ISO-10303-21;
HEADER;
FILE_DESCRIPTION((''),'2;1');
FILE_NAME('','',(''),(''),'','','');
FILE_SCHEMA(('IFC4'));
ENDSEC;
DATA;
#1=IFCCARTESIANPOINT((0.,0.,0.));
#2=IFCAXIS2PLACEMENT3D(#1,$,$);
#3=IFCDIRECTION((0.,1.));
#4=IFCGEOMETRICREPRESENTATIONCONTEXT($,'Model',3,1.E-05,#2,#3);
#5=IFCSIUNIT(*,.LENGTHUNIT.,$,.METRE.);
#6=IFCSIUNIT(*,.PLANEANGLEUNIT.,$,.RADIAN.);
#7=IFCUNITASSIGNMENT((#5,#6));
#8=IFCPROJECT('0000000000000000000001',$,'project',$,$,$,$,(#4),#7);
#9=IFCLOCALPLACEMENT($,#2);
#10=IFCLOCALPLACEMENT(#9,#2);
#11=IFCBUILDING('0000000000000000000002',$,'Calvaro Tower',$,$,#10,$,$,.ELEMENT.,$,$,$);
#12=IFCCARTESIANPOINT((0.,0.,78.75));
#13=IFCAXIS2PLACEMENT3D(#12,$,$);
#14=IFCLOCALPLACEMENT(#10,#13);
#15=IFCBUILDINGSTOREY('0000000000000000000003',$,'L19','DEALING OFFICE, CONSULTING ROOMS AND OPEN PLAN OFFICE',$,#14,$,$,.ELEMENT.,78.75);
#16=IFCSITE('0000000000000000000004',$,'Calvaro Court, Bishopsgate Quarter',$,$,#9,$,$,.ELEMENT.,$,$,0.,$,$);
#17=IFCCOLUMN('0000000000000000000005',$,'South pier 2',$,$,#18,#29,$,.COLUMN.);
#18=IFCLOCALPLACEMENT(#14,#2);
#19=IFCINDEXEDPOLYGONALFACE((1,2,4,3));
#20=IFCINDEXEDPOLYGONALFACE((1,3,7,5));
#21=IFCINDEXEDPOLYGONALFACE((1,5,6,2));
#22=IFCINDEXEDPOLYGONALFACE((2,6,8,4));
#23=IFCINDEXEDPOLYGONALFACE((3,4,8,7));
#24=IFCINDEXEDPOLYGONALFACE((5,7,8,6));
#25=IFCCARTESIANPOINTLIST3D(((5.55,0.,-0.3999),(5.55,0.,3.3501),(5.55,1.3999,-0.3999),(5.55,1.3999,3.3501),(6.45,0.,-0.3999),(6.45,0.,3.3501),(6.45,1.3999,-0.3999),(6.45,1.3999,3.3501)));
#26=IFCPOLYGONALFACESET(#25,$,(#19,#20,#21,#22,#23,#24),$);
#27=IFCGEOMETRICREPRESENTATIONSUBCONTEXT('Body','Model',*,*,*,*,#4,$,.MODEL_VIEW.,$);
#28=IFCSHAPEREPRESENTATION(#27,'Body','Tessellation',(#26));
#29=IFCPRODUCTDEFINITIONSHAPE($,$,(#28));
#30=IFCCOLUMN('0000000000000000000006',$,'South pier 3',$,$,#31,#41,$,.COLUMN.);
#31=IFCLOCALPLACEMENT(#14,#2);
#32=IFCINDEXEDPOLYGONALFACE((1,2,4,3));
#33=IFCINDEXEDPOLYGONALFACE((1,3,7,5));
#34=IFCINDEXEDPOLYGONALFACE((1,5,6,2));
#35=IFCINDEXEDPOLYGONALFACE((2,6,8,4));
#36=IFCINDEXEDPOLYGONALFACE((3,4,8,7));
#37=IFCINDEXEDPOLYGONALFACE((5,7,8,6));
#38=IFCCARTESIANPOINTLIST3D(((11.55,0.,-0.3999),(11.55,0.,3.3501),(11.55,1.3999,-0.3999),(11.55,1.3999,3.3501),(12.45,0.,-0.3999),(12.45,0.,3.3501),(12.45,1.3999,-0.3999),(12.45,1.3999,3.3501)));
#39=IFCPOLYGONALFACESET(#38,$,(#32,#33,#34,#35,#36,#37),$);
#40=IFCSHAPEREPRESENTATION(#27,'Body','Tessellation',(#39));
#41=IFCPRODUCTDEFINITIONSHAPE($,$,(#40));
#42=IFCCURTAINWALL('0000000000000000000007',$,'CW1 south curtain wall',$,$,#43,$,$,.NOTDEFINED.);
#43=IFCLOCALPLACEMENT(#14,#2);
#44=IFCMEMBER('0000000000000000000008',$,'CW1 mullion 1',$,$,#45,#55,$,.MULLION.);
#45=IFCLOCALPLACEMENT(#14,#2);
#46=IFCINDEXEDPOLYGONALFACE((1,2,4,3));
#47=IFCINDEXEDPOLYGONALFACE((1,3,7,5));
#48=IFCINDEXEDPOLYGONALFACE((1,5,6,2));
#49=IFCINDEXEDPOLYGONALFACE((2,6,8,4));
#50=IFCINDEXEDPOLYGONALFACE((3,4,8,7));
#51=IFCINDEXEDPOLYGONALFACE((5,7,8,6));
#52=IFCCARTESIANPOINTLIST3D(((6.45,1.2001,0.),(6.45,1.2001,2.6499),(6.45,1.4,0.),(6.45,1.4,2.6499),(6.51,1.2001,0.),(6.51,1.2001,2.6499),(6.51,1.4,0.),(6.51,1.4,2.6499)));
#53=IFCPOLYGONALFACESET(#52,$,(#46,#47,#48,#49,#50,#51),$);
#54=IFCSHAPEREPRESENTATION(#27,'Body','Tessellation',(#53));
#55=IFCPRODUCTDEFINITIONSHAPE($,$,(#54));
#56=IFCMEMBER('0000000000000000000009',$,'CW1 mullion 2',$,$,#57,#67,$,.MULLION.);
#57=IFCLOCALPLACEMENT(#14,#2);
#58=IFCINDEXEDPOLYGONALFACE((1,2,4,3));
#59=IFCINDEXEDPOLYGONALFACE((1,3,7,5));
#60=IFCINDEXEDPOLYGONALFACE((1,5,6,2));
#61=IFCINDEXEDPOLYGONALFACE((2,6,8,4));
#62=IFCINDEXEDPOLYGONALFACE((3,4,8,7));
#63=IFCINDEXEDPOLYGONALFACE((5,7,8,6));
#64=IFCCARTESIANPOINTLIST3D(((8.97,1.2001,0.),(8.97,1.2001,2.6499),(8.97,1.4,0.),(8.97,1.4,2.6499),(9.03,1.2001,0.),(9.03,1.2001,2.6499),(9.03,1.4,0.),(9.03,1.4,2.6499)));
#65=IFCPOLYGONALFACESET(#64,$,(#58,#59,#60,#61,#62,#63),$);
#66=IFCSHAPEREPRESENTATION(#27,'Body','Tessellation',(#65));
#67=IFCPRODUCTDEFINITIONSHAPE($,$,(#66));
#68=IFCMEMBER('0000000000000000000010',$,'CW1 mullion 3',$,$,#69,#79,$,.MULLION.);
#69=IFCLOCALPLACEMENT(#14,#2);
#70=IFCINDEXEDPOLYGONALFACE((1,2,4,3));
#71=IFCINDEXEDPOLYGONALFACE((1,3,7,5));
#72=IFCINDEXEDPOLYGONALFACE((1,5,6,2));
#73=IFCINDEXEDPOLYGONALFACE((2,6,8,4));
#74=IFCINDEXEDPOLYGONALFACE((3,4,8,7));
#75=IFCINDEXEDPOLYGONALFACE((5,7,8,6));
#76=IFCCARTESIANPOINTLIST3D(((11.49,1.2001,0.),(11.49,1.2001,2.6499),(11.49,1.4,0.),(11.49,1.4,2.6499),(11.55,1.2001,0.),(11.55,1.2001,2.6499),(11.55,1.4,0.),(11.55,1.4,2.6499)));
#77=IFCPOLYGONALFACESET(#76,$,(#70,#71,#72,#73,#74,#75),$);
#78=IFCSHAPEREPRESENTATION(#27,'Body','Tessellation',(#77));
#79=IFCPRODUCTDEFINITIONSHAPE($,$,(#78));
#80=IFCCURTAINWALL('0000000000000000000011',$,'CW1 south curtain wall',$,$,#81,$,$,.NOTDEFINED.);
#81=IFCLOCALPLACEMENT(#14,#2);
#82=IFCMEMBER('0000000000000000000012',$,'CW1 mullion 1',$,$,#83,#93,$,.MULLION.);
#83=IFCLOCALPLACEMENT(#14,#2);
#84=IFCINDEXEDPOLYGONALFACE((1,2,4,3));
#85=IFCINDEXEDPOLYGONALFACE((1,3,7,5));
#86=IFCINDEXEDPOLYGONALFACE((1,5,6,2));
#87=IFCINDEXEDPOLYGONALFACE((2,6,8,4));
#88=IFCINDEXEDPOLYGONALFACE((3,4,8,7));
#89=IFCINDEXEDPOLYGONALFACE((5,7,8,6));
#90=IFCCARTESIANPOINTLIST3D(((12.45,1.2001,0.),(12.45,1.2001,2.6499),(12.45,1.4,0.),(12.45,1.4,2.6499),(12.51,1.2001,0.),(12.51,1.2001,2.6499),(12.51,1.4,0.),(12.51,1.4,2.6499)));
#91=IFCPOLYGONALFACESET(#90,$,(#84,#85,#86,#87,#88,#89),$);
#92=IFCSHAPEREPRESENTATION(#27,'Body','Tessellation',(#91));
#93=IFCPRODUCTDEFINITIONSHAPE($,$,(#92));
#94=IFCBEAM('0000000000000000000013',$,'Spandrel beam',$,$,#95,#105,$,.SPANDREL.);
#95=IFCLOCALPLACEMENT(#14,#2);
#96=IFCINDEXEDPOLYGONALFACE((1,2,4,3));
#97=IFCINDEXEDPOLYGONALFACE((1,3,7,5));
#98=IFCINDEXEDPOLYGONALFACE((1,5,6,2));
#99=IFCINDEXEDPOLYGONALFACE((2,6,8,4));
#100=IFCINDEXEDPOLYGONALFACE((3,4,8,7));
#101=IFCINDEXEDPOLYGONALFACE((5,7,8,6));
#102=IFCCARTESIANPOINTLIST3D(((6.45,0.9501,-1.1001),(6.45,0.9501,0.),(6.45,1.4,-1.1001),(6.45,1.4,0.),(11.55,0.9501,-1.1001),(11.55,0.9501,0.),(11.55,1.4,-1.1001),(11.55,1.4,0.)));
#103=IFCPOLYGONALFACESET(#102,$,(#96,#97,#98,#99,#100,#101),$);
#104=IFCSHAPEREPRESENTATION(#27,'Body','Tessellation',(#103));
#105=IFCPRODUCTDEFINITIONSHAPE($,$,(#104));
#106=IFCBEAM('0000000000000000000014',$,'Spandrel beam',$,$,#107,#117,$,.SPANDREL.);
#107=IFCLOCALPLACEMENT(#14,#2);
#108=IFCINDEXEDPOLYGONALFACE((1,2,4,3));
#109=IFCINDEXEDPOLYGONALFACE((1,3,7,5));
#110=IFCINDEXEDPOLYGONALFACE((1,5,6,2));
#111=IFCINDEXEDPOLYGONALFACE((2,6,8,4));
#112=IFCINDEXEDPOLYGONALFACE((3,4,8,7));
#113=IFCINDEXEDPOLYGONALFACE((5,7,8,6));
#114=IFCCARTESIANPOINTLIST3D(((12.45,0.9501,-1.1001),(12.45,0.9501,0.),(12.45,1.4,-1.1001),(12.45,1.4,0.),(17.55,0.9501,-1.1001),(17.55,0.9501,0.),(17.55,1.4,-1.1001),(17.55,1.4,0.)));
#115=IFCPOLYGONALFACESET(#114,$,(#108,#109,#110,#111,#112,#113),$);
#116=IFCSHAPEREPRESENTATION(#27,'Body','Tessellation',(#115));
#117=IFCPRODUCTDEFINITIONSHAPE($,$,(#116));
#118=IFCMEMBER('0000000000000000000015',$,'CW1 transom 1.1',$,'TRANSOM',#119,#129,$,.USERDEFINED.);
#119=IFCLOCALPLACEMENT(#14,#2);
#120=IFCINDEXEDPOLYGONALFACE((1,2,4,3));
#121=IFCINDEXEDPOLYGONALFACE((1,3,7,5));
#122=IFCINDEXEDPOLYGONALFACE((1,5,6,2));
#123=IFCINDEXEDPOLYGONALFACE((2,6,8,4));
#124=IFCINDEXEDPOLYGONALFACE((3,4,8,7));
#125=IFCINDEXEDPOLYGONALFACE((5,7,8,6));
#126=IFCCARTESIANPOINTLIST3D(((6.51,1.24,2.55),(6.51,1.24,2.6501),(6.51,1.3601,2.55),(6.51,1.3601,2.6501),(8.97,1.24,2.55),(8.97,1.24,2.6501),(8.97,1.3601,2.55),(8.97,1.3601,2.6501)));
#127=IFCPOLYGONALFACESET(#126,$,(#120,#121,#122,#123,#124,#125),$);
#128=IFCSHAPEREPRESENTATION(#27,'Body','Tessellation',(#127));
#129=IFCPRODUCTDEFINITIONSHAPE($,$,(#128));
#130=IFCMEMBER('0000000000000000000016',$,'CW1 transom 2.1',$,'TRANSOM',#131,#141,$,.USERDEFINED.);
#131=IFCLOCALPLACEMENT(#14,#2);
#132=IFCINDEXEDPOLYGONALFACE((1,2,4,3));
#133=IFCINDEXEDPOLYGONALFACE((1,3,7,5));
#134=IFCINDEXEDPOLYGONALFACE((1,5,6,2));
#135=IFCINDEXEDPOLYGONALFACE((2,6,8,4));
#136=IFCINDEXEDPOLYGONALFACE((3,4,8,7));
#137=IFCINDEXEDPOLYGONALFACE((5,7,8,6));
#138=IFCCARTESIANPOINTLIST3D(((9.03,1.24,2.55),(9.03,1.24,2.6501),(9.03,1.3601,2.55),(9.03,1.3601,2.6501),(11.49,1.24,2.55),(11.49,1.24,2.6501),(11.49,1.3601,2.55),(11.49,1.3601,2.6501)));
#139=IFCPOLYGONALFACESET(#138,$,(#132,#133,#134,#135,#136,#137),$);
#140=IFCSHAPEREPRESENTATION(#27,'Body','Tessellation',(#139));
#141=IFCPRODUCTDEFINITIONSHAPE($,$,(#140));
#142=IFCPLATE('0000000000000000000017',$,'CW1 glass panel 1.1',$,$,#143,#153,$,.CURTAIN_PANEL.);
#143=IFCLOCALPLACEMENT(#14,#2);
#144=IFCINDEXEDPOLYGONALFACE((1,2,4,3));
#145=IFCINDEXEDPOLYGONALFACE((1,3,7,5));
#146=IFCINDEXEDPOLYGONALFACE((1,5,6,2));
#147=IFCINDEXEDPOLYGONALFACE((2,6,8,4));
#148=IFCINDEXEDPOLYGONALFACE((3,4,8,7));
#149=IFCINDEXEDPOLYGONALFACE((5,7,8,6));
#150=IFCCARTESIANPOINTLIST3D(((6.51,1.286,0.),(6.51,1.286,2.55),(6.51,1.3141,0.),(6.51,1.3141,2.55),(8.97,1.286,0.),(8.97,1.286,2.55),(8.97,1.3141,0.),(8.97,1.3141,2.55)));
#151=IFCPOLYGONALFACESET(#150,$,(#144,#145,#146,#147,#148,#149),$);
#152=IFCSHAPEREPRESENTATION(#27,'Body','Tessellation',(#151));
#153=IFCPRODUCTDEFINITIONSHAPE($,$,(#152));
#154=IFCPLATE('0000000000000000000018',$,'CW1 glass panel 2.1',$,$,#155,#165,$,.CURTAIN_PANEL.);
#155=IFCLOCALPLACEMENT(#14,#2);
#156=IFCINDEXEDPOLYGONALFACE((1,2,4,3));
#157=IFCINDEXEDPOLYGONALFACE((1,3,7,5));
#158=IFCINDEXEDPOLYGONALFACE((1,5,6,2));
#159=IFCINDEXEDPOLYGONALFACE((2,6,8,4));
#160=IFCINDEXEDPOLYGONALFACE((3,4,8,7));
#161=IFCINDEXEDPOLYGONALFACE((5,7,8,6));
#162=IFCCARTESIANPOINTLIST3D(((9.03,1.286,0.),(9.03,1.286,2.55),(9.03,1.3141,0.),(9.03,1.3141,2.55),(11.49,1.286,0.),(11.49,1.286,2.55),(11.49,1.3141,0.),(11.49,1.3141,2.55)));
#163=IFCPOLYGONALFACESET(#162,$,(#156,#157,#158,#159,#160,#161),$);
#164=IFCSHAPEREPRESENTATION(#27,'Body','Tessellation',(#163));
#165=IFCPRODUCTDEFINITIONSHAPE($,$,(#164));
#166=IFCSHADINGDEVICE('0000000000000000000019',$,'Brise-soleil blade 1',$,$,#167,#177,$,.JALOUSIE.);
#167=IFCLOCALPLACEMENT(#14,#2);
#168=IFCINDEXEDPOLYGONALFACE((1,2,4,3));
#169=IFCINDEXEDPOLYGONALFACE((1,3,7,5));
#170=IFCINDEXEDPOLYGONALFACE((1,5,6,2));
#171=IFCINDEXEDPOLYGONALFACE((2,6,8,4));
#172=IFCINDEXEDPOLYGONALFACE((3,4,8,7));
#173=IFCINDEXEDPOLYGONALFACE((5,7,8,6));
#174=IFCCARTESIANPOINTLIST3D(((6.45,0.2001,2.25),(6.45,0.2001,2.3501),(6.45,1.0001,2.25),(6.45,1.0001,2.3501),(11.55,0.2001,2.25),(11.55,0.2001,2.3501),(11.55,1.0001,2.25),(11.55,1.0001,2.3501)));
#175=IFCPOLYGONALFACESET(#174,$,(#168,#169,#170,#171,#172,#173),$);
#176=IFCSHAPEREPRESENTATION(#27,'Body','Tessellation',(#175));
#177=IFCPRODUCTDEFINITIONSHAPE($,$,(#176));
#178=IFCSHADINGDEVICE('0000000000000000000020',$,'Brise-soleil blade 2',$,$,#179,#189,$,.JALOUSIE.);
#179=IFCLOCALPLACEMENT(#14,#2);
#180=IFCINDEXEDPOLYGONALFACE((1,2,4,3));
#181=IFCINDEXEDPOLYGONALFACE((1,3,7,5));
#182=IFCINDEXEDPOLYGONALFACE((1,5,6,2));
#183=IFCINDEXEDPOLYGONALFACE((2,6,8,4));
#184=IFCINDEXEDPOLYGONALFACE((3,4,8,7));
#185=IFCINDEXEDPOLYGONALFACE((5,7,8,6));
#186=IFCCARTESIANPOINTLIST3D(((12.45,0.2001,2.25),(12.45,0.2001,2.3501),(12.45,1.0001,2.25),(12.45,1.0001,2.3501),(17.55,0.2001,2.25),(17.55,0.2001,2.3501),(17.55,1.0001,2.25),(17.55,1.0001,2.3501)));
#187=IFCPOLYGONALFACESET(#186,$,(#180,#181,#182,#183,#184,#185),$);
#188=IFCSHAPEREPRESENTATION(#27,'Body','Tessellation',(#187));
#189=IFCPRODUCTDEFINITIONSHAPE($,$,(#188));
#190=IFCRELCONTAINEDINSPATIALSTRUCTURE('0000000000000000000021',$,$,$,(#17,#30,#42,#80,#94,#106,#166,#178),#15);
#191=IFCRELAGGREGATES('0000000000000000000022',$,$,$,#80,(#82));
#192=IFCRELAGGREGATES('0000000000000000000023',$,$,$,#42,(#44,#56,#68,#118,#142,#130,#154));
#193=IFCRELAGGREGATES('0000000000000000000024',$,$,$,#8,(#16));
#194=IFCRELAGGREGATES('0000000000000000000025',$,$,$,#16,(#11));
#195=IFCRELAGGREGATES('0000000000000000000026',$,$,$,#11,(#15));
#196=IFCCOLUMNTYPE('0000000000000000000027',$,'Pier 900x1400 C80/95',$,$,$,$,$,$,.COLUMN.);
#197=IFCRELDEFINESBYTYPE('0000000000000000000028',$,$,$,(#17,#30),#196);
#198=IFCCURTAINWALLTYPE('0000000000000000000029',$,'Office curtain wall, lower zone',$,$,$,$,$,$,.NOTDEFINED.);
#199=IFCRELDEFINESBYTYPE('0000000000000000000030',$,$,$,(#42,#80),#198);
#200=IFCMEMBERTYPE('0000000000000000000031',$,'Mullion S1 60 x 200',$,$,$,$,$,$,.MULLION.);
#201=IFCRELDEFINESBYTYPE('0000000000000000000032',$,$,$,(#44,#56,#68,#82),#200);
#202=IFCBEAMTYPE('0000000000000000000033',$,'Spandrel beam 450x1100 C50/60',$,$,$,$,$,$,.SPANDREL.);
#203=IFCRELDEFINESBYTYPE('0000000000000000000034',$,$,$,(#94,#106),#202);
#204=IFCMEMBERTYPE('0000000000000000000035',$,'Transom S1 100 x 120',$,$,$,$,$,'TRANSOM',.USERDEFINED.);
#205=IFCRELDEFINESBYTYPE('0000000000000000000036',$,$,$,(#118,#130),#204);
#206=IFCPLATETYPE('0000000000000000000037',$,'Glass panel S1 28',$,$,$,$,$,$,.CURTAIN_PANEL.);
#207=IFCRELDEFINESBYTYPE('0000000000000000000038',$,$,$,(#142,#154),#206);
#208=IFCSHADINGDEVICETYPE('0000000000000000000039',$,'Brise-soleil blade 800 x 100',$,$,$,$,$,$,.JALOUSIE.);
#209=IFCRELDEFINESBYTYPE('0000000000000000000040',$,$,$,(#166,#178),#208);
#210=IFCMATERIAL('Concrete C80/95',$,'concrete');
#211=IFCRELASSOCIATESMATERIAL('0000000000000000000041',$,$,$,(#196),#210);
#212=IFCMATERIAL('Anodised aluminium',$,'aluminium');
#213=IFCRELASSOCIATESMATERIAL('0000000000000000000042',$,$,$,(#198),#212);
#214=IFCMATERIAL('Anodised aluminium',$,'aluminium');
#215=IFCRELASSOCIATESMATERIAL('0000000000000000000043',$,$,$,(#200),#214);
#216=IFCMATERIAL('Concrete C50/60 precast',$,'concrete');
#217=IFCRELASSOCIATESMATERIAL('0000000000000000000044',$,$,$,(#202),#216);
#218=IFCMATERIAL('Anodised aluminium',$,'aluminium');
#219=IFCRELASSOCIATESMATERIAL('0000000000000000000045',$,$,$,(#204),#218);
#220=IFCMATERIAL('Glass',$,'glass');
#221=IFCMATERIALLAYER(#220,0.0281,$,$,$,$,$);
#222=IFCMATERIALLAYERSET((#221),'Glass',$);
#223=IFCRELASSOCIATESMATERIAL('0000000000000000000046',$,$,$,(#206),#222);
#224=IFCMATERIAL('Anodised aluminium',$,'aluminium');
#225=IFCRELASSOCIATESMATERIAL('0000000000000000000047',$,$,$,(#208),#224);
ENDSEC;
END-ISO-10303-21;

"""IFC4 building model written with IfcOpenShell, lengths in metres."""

from ifc_helpers import new_model, si_unit, direction, frame, origin, origin_2d, place, context, subcontext, project, spatial, rectangle, extrude, material, layer, layer_set, material_profile, profile_set, type_object, element, aggregate, save


model = new_model("IFC4")

# Units and contexts
model_context = context("Model", 3, precision=1e-05, world=origin(), true_north=direction((0.0, 1.0)))
body_context = subcontext(model_context, "Body", "Model", "MODEL_VIEW")
ifc_project = project(units=[si_unit("LENGTHUNIT", "METRE"), si_unit("PLANEANGLEUNIT", "RADIAN")], contexts=[model_context])

# Site, building, storey
site_placement = place(None, origin())
site = spatial("IfcSite", under=ifc_project, at=site_placement, Name="Calvaro Court, Bishopsgate Quarter", CompositionType="ELEMENT", RefElevation=0.0)
building_placement = place(site_placement, origin())
building = spatial("IfcBuilding", under=site, at=building_placement, Name="Calvaro Tower", CompositionType="ELEMENT")
storey_placement = place(building_placement, frame((0.0, 0.0, 78.75)))
storey = spatial("IfcBuildingStorey", under=building, at=storey_placement, Name="L19", Description="DEALING OFFICE, CONSULTING ROOMS AND OPEN PLAN OFFICE", CompositionType="ELEMENT", Elevation=78.75)

# Columns
ifc_material_1 = material(Name="Concrete C80/95", Category="concrete")
ifc_material_profile_1 = material_profile(ifc_material_1, rectangle(XDim=0.8999, YDim=1.3999, at=origin_2d()), Name="RC 900x1400")
ifc_profile_set_1 = profile_set([ifc_material_profile_1], Name="Concrete C80/95")
column_type = type_object("IfcColumnType", Name="Pier 900x1400 C80/95", PredefinedType="COLUMN", material=ifc_profile_set_1)
for number, where, z_axis, x_axis, name in (
    (1, (6.0, 0.7, -0.3999), (0.0, 0.0, 1.0), (1.0, 0.0, 0.0), "South pier 2"),
    (2, (12.0, 0.7, -0.3999), (0.0, 0.0, 1.0), (1.0, 0.0, 0.0), "South pier 3"),
):
    element("IfcColumn", number, at=place(storey_placement, frame(where, z_axis=z_axis, x_axis=x_axis)), inside=storey, type_object=column_type, Name=name, PredefinedType="COLUMN", context=body_context, shape_type="SweptSolid", body=[
        extrude(rectangle(XDim=0.8999, YDim=1.3999, at=origin_2d()), origin(), (0.0, 0.0, 1.0), 3.75),
    ])

# Curtain wall, members
ifc_material_2 = material(Name="Anodised aluminium", Category="aluminium")
curtain_wall_type = type_object("IfcCurtainWallType", Name="Office curtain wall, lower zone", PredefinedType="NOTDEFINED", material=ifc_material_2)
curtain_wall_1_placement = place(storey_placement, origin())
curtain_wall_1 = element("IfcCurtainWall", 3, at=curtain_wall_1_placement, inside=storey, type_object=curtain_wall_type, Name="CW1 south curtain wall", PredefinedType="NOTDEFINED")
ifc_material_3 = material(Name="Anodised aluminium", Category="aluminium")
ifc_material_profile_2 = material_profile(ifc_material_3, rectangle(XDim=0.2, YDim=0.0601, at=origin_2d()), Name="Mullion S1 60 x 200")
ifc_profile_set_2 = profile_set([ifc_material_profile_2], Name="Anodised aluminium")
member_type_1 = type_object("IfcMemberType", Name="Mullion S1 60 x 200", PredefinedType="MULLION", material=ifc_profile_set_2)
member_1_placement = place(storey_placement, frame((6.48, 1.3, 0.0), z_axis=(0.0, 0.0, 1.0), x_axis=(0.0, 1.0, 0.0)))
member_1 = element("IfcMember", 4, at=member_1_placement, type_object=member_type_1, Name="CW1 mullion 1", PredefinedType="MULLION", context=body_context, shape_type="SweptSolid", body=[
    extrude(rectangle(XDim=0.2, YDim=0.0601, at=origin_2d()), origin(), (0.0, 0.0, 1.0), 2.6499),
])
member_2_placement = place(storey_placement, frame((9.0, 1.3, 0.0), z_axis=(0.0, 0.0, 1.0), x_axis=(0.0, 1.0, 0.0)))
member_2 = element("IfcMember", 5, at=member_2_placement, type_object=member_type_1, Name="CW1 mullion 2", PredefinedType="MULLION", context=body_context, shape_type="SweptSolid", body=[
    extrude(rectangle(XDim=0.2, YDim=0.0601, at=origin_2d()), origin(), (0.0, 0.0, 1.0), 2.6499),
])
member_3_placement = place(storey_placement, frame((11.52, 1.3, 0.0), z_axis=(0.0, 0.0, 1.0), x_axis=(0.0, 1.0, 0.0)))
member_3 = element("IfcMember", 6, at=member_3_placement, type_object=member_type_1, Name="CW1 mullion 3", PredefinedType="MULLION", context=body_context, shape_type="SweptSolid", body=[
    extrude(rectangle(XDim=0.2, YDim=0.0601, at=origin_2d()), origin(), (0.0, 0.0, 1.0), 2.6499),
])

# Curtain wall, member
curtain_wall_2_placement = place(storey_placement, origin())
curtain_wall_2 = element("IfcCurtainWall", 7, at=curtain_wall_2_placement, inside=storey, type_object=curtain_wall_type, Name="CW1 south curtain wall", PredefinedType="NOTDEFINED")
member_4_placement = place(storey_placement, frame((12.48, 1.3, 0.0), z_axis=(0.0, 0.0, 1.0), x_axis=(0.0, 1.0, 0.0)))
member_4 = element("IfcMember", 8, at=member_4_placement, type_object=member_type_1, Name="CW1 mullion 1", PredefinedType="MULLION", context=body_context, shape_type="SweptSolid", body=[
    extrude(rectangle(XDim=0.2, YDim=0.0601, at=origin_2d()), origin(), (0.0, 0.0, 1.0), 2.6499),
])
aggregate(curtain_wall_2, [member_4])

# Beams
ifc_material_4 = material(Name="Concrete C50/60 precast", Category="concrete")
ifc_material_profile_3 = material_profile(ifc_material_4, rectangle(XDim=0.45, YDim=1.1001, at=origin_2d()), Name="RC 450x1100")
ifc_profile_set_3 = profile_set([ifc_material_profile_3], Name="Concrete C50/60 precast")
beam_type = type_object("IfcBeamType", Name="Spandrel beam 450x1100 C50/60", PredefinedType="SPANDREL", material=ifc_profile_set_3)
for number, where, z_axis, x_axis, name in (
    (9, (6.45, 1.175, -0.55), (1.0, 0.0, 0.0), (0.0, 1.0, 0.0), "Spandrel beam"),
    (10, (12.45, 1.175, -0.55), (1.0, 0.0, 0.0), (0.0, 1.0, 0.0), "Spandrel beam"),
):
    element("IfcBeam", number, at=place(storey_placement, frame(where, z_axis=z_axis, x_axis=x_axis)), inside=storey, type_object=beam_type, Name=name, PredefinedType="SPANDREL", context=body_context, shape_type="SweptSolid", body=[
        extrude(rectangle(XDim=0.45, YDim=1.1001, at=origin_2d()), origin(), (0.0, 0.0, 1.0), 5.1001),
    ])

# Members
ifc_material_5 = material(Name="Anodised aluminium", Category="aluminium")
ifc_material_profile_4 = material_profile(ifc_material_5, rectangle(XDim=0.1201, YDim=0.1001, at=origin_2d()), Name="Transom S1 100 x 120")
ifc_profile_set_4 = profile_set([ifc_material_profile_4], Name="Anodised aluminium")
member_type_2 = type_object("IfcMemberType", Name="Transom S1 100 x 120", ElementType="TRANSOM", PredefinedType="USERDEFINED", material=ifc_profile_set_4)
member_5_placement = place(storey_placement, frame((6.51, 1.3, 2.6001), z_axis=(1.0, 0.0, 0.0), x_axis=(0.0, 1.0, 0.0)))
member_5 = element("IfcMember", 11, at=member_5_placement, type_object=member_type_2, Name="CW1 transom 1.1", ObjectType="TRANSOM", PredefinedType="USERDEFINED", context=body_context, shape_type="SweptSolid", body=[
    extrude(rectangle(XDim=0.1201, YDim=0.1001, at=origin_2d()), origin(), (0.0, 0.0, 1.0), 2.46),
])
member_6_placement = place(storey_placement, frame((9.03, 1.3, 2.6001), z_axis=(1.0, 0.0, 0.0), x_axis=(0.0, 1.0, 0.0)))
member_6 = element("IfcMember", 12, at=member_6_placement, type_object=member_type_2, Name="CW1 transom 2.1", ObjectType="TRANSOM", PredefinedType="USERDEFINED", context=body_context, shape_type="SweptSolid", body=[
    extrude(rectangle(XDim=0.1201, YDim=0.1001, at=origin_2d()), origin(), (0.0, 0.0, 1.0), 2.46),
])

# Plates
ifc_material_6 = material(Name="Glass", Category="glass")
ifc_layer_1 = layer(ifc_material_6, 0.0281)
ifc_layer_set_1 = layer_set([ifc_layer_1], Name="Glass")
plate_type = type_object("IfcPlateType", Name="Glass panel S1 28", PredefinedType="CURTAIN_PANEL", material=ifc_layer_set_1)
plate_1_placement = place(storey_placement, frame((7.74, 1.3, 0.0), z_axis=(0.0, 0.0, 1.0), x_axis=(1.0, 0.0, 0.0)))
plate_1 = element("IfcPlate", 13, at=plate_1_placement, type_object=plate_type, Name="CW1 glass panel 1.1", PredefinedType="CURTAIN_PANEL", context=body_context, shape_type="SweptSolid", body=[
    extrude(rectangle(XDim=2.46, YDim=0.0281, at=origin_2d()), origin(), (0.0, 0.0, 1.0), 2.55),
])
plate_2_placement = place(storey_placement, frame((10.26, 1.3, 0.0), z_axis=(0.0, 0.0, 1.0), x_axis=(1.0, 0.0, 0.0)))
plate_2 = element("IfcPlate", 14, at=plate_2_placement, type_object=plate_type, Name="CW1 glass panel 2.1", PredefinedType="CURTAIN_PANEL", context=body_context, shape_type="SweptSolid", body=[
    extrude(rectangle(XDim=2.46, YDim=0.0281, at=origin_2d()), origin(), (0.0, 0.0, 1.0), 2.55),
])
aggregate(curtain_wall_1, [member_1, member_2, member_3, member_5, plate_1, member_6, plate_2])

# Shading devices
ifc_material_7 = material(Name="Anodised aluminium", Category="aluminium")
ifc_material_profile_5 = material_profile(ifc_material_7, rectangle(XDim=0.8, YDim=0.1001, at=origin_2d()), Name="Brise-soleil blade 800 x 100")
ifc_profile_set_5 = profile_set([ifc_material_profile_5], Name="Anodised aluminium")
shading_device_type = type_object("IfcShadingDeviceType", Name="Brise-soleil blade 800 x 100", PredefinedType="JALOUSIE", material=ifc_profile_set_5)
for number, where, z_axis, x_axis, name in (
    (15, (6.45, 0.6001, 2.3), (1.0, 0.0, 0.0), (0.0, 1.0, 0.0), "Brise-soleil blade 1"),
    (16, (12.45, 0.6001, 2.3), (1.0, 0.0, 0.0), (0.0, 1.0, 0.0), "Brise-soleil blade 2"),
):
    element("IfcShadingDevice", number, at=place(storey_placement, frame(where, z_axis=z_axis, x_axis=x_axis)), inside=storey, type_object=shading_device_type, Name=name, PredefinedType="JALOUSIE", context=body_context, shape_type="SweptSolid", body=[
        extrude(rectangle(XDim=0.8, YDim=0.1001, at=origin_2d()), origin(), (0.0, 0.0, 1.0), 5.1001),
    ])

save(model, "model.ifc")
